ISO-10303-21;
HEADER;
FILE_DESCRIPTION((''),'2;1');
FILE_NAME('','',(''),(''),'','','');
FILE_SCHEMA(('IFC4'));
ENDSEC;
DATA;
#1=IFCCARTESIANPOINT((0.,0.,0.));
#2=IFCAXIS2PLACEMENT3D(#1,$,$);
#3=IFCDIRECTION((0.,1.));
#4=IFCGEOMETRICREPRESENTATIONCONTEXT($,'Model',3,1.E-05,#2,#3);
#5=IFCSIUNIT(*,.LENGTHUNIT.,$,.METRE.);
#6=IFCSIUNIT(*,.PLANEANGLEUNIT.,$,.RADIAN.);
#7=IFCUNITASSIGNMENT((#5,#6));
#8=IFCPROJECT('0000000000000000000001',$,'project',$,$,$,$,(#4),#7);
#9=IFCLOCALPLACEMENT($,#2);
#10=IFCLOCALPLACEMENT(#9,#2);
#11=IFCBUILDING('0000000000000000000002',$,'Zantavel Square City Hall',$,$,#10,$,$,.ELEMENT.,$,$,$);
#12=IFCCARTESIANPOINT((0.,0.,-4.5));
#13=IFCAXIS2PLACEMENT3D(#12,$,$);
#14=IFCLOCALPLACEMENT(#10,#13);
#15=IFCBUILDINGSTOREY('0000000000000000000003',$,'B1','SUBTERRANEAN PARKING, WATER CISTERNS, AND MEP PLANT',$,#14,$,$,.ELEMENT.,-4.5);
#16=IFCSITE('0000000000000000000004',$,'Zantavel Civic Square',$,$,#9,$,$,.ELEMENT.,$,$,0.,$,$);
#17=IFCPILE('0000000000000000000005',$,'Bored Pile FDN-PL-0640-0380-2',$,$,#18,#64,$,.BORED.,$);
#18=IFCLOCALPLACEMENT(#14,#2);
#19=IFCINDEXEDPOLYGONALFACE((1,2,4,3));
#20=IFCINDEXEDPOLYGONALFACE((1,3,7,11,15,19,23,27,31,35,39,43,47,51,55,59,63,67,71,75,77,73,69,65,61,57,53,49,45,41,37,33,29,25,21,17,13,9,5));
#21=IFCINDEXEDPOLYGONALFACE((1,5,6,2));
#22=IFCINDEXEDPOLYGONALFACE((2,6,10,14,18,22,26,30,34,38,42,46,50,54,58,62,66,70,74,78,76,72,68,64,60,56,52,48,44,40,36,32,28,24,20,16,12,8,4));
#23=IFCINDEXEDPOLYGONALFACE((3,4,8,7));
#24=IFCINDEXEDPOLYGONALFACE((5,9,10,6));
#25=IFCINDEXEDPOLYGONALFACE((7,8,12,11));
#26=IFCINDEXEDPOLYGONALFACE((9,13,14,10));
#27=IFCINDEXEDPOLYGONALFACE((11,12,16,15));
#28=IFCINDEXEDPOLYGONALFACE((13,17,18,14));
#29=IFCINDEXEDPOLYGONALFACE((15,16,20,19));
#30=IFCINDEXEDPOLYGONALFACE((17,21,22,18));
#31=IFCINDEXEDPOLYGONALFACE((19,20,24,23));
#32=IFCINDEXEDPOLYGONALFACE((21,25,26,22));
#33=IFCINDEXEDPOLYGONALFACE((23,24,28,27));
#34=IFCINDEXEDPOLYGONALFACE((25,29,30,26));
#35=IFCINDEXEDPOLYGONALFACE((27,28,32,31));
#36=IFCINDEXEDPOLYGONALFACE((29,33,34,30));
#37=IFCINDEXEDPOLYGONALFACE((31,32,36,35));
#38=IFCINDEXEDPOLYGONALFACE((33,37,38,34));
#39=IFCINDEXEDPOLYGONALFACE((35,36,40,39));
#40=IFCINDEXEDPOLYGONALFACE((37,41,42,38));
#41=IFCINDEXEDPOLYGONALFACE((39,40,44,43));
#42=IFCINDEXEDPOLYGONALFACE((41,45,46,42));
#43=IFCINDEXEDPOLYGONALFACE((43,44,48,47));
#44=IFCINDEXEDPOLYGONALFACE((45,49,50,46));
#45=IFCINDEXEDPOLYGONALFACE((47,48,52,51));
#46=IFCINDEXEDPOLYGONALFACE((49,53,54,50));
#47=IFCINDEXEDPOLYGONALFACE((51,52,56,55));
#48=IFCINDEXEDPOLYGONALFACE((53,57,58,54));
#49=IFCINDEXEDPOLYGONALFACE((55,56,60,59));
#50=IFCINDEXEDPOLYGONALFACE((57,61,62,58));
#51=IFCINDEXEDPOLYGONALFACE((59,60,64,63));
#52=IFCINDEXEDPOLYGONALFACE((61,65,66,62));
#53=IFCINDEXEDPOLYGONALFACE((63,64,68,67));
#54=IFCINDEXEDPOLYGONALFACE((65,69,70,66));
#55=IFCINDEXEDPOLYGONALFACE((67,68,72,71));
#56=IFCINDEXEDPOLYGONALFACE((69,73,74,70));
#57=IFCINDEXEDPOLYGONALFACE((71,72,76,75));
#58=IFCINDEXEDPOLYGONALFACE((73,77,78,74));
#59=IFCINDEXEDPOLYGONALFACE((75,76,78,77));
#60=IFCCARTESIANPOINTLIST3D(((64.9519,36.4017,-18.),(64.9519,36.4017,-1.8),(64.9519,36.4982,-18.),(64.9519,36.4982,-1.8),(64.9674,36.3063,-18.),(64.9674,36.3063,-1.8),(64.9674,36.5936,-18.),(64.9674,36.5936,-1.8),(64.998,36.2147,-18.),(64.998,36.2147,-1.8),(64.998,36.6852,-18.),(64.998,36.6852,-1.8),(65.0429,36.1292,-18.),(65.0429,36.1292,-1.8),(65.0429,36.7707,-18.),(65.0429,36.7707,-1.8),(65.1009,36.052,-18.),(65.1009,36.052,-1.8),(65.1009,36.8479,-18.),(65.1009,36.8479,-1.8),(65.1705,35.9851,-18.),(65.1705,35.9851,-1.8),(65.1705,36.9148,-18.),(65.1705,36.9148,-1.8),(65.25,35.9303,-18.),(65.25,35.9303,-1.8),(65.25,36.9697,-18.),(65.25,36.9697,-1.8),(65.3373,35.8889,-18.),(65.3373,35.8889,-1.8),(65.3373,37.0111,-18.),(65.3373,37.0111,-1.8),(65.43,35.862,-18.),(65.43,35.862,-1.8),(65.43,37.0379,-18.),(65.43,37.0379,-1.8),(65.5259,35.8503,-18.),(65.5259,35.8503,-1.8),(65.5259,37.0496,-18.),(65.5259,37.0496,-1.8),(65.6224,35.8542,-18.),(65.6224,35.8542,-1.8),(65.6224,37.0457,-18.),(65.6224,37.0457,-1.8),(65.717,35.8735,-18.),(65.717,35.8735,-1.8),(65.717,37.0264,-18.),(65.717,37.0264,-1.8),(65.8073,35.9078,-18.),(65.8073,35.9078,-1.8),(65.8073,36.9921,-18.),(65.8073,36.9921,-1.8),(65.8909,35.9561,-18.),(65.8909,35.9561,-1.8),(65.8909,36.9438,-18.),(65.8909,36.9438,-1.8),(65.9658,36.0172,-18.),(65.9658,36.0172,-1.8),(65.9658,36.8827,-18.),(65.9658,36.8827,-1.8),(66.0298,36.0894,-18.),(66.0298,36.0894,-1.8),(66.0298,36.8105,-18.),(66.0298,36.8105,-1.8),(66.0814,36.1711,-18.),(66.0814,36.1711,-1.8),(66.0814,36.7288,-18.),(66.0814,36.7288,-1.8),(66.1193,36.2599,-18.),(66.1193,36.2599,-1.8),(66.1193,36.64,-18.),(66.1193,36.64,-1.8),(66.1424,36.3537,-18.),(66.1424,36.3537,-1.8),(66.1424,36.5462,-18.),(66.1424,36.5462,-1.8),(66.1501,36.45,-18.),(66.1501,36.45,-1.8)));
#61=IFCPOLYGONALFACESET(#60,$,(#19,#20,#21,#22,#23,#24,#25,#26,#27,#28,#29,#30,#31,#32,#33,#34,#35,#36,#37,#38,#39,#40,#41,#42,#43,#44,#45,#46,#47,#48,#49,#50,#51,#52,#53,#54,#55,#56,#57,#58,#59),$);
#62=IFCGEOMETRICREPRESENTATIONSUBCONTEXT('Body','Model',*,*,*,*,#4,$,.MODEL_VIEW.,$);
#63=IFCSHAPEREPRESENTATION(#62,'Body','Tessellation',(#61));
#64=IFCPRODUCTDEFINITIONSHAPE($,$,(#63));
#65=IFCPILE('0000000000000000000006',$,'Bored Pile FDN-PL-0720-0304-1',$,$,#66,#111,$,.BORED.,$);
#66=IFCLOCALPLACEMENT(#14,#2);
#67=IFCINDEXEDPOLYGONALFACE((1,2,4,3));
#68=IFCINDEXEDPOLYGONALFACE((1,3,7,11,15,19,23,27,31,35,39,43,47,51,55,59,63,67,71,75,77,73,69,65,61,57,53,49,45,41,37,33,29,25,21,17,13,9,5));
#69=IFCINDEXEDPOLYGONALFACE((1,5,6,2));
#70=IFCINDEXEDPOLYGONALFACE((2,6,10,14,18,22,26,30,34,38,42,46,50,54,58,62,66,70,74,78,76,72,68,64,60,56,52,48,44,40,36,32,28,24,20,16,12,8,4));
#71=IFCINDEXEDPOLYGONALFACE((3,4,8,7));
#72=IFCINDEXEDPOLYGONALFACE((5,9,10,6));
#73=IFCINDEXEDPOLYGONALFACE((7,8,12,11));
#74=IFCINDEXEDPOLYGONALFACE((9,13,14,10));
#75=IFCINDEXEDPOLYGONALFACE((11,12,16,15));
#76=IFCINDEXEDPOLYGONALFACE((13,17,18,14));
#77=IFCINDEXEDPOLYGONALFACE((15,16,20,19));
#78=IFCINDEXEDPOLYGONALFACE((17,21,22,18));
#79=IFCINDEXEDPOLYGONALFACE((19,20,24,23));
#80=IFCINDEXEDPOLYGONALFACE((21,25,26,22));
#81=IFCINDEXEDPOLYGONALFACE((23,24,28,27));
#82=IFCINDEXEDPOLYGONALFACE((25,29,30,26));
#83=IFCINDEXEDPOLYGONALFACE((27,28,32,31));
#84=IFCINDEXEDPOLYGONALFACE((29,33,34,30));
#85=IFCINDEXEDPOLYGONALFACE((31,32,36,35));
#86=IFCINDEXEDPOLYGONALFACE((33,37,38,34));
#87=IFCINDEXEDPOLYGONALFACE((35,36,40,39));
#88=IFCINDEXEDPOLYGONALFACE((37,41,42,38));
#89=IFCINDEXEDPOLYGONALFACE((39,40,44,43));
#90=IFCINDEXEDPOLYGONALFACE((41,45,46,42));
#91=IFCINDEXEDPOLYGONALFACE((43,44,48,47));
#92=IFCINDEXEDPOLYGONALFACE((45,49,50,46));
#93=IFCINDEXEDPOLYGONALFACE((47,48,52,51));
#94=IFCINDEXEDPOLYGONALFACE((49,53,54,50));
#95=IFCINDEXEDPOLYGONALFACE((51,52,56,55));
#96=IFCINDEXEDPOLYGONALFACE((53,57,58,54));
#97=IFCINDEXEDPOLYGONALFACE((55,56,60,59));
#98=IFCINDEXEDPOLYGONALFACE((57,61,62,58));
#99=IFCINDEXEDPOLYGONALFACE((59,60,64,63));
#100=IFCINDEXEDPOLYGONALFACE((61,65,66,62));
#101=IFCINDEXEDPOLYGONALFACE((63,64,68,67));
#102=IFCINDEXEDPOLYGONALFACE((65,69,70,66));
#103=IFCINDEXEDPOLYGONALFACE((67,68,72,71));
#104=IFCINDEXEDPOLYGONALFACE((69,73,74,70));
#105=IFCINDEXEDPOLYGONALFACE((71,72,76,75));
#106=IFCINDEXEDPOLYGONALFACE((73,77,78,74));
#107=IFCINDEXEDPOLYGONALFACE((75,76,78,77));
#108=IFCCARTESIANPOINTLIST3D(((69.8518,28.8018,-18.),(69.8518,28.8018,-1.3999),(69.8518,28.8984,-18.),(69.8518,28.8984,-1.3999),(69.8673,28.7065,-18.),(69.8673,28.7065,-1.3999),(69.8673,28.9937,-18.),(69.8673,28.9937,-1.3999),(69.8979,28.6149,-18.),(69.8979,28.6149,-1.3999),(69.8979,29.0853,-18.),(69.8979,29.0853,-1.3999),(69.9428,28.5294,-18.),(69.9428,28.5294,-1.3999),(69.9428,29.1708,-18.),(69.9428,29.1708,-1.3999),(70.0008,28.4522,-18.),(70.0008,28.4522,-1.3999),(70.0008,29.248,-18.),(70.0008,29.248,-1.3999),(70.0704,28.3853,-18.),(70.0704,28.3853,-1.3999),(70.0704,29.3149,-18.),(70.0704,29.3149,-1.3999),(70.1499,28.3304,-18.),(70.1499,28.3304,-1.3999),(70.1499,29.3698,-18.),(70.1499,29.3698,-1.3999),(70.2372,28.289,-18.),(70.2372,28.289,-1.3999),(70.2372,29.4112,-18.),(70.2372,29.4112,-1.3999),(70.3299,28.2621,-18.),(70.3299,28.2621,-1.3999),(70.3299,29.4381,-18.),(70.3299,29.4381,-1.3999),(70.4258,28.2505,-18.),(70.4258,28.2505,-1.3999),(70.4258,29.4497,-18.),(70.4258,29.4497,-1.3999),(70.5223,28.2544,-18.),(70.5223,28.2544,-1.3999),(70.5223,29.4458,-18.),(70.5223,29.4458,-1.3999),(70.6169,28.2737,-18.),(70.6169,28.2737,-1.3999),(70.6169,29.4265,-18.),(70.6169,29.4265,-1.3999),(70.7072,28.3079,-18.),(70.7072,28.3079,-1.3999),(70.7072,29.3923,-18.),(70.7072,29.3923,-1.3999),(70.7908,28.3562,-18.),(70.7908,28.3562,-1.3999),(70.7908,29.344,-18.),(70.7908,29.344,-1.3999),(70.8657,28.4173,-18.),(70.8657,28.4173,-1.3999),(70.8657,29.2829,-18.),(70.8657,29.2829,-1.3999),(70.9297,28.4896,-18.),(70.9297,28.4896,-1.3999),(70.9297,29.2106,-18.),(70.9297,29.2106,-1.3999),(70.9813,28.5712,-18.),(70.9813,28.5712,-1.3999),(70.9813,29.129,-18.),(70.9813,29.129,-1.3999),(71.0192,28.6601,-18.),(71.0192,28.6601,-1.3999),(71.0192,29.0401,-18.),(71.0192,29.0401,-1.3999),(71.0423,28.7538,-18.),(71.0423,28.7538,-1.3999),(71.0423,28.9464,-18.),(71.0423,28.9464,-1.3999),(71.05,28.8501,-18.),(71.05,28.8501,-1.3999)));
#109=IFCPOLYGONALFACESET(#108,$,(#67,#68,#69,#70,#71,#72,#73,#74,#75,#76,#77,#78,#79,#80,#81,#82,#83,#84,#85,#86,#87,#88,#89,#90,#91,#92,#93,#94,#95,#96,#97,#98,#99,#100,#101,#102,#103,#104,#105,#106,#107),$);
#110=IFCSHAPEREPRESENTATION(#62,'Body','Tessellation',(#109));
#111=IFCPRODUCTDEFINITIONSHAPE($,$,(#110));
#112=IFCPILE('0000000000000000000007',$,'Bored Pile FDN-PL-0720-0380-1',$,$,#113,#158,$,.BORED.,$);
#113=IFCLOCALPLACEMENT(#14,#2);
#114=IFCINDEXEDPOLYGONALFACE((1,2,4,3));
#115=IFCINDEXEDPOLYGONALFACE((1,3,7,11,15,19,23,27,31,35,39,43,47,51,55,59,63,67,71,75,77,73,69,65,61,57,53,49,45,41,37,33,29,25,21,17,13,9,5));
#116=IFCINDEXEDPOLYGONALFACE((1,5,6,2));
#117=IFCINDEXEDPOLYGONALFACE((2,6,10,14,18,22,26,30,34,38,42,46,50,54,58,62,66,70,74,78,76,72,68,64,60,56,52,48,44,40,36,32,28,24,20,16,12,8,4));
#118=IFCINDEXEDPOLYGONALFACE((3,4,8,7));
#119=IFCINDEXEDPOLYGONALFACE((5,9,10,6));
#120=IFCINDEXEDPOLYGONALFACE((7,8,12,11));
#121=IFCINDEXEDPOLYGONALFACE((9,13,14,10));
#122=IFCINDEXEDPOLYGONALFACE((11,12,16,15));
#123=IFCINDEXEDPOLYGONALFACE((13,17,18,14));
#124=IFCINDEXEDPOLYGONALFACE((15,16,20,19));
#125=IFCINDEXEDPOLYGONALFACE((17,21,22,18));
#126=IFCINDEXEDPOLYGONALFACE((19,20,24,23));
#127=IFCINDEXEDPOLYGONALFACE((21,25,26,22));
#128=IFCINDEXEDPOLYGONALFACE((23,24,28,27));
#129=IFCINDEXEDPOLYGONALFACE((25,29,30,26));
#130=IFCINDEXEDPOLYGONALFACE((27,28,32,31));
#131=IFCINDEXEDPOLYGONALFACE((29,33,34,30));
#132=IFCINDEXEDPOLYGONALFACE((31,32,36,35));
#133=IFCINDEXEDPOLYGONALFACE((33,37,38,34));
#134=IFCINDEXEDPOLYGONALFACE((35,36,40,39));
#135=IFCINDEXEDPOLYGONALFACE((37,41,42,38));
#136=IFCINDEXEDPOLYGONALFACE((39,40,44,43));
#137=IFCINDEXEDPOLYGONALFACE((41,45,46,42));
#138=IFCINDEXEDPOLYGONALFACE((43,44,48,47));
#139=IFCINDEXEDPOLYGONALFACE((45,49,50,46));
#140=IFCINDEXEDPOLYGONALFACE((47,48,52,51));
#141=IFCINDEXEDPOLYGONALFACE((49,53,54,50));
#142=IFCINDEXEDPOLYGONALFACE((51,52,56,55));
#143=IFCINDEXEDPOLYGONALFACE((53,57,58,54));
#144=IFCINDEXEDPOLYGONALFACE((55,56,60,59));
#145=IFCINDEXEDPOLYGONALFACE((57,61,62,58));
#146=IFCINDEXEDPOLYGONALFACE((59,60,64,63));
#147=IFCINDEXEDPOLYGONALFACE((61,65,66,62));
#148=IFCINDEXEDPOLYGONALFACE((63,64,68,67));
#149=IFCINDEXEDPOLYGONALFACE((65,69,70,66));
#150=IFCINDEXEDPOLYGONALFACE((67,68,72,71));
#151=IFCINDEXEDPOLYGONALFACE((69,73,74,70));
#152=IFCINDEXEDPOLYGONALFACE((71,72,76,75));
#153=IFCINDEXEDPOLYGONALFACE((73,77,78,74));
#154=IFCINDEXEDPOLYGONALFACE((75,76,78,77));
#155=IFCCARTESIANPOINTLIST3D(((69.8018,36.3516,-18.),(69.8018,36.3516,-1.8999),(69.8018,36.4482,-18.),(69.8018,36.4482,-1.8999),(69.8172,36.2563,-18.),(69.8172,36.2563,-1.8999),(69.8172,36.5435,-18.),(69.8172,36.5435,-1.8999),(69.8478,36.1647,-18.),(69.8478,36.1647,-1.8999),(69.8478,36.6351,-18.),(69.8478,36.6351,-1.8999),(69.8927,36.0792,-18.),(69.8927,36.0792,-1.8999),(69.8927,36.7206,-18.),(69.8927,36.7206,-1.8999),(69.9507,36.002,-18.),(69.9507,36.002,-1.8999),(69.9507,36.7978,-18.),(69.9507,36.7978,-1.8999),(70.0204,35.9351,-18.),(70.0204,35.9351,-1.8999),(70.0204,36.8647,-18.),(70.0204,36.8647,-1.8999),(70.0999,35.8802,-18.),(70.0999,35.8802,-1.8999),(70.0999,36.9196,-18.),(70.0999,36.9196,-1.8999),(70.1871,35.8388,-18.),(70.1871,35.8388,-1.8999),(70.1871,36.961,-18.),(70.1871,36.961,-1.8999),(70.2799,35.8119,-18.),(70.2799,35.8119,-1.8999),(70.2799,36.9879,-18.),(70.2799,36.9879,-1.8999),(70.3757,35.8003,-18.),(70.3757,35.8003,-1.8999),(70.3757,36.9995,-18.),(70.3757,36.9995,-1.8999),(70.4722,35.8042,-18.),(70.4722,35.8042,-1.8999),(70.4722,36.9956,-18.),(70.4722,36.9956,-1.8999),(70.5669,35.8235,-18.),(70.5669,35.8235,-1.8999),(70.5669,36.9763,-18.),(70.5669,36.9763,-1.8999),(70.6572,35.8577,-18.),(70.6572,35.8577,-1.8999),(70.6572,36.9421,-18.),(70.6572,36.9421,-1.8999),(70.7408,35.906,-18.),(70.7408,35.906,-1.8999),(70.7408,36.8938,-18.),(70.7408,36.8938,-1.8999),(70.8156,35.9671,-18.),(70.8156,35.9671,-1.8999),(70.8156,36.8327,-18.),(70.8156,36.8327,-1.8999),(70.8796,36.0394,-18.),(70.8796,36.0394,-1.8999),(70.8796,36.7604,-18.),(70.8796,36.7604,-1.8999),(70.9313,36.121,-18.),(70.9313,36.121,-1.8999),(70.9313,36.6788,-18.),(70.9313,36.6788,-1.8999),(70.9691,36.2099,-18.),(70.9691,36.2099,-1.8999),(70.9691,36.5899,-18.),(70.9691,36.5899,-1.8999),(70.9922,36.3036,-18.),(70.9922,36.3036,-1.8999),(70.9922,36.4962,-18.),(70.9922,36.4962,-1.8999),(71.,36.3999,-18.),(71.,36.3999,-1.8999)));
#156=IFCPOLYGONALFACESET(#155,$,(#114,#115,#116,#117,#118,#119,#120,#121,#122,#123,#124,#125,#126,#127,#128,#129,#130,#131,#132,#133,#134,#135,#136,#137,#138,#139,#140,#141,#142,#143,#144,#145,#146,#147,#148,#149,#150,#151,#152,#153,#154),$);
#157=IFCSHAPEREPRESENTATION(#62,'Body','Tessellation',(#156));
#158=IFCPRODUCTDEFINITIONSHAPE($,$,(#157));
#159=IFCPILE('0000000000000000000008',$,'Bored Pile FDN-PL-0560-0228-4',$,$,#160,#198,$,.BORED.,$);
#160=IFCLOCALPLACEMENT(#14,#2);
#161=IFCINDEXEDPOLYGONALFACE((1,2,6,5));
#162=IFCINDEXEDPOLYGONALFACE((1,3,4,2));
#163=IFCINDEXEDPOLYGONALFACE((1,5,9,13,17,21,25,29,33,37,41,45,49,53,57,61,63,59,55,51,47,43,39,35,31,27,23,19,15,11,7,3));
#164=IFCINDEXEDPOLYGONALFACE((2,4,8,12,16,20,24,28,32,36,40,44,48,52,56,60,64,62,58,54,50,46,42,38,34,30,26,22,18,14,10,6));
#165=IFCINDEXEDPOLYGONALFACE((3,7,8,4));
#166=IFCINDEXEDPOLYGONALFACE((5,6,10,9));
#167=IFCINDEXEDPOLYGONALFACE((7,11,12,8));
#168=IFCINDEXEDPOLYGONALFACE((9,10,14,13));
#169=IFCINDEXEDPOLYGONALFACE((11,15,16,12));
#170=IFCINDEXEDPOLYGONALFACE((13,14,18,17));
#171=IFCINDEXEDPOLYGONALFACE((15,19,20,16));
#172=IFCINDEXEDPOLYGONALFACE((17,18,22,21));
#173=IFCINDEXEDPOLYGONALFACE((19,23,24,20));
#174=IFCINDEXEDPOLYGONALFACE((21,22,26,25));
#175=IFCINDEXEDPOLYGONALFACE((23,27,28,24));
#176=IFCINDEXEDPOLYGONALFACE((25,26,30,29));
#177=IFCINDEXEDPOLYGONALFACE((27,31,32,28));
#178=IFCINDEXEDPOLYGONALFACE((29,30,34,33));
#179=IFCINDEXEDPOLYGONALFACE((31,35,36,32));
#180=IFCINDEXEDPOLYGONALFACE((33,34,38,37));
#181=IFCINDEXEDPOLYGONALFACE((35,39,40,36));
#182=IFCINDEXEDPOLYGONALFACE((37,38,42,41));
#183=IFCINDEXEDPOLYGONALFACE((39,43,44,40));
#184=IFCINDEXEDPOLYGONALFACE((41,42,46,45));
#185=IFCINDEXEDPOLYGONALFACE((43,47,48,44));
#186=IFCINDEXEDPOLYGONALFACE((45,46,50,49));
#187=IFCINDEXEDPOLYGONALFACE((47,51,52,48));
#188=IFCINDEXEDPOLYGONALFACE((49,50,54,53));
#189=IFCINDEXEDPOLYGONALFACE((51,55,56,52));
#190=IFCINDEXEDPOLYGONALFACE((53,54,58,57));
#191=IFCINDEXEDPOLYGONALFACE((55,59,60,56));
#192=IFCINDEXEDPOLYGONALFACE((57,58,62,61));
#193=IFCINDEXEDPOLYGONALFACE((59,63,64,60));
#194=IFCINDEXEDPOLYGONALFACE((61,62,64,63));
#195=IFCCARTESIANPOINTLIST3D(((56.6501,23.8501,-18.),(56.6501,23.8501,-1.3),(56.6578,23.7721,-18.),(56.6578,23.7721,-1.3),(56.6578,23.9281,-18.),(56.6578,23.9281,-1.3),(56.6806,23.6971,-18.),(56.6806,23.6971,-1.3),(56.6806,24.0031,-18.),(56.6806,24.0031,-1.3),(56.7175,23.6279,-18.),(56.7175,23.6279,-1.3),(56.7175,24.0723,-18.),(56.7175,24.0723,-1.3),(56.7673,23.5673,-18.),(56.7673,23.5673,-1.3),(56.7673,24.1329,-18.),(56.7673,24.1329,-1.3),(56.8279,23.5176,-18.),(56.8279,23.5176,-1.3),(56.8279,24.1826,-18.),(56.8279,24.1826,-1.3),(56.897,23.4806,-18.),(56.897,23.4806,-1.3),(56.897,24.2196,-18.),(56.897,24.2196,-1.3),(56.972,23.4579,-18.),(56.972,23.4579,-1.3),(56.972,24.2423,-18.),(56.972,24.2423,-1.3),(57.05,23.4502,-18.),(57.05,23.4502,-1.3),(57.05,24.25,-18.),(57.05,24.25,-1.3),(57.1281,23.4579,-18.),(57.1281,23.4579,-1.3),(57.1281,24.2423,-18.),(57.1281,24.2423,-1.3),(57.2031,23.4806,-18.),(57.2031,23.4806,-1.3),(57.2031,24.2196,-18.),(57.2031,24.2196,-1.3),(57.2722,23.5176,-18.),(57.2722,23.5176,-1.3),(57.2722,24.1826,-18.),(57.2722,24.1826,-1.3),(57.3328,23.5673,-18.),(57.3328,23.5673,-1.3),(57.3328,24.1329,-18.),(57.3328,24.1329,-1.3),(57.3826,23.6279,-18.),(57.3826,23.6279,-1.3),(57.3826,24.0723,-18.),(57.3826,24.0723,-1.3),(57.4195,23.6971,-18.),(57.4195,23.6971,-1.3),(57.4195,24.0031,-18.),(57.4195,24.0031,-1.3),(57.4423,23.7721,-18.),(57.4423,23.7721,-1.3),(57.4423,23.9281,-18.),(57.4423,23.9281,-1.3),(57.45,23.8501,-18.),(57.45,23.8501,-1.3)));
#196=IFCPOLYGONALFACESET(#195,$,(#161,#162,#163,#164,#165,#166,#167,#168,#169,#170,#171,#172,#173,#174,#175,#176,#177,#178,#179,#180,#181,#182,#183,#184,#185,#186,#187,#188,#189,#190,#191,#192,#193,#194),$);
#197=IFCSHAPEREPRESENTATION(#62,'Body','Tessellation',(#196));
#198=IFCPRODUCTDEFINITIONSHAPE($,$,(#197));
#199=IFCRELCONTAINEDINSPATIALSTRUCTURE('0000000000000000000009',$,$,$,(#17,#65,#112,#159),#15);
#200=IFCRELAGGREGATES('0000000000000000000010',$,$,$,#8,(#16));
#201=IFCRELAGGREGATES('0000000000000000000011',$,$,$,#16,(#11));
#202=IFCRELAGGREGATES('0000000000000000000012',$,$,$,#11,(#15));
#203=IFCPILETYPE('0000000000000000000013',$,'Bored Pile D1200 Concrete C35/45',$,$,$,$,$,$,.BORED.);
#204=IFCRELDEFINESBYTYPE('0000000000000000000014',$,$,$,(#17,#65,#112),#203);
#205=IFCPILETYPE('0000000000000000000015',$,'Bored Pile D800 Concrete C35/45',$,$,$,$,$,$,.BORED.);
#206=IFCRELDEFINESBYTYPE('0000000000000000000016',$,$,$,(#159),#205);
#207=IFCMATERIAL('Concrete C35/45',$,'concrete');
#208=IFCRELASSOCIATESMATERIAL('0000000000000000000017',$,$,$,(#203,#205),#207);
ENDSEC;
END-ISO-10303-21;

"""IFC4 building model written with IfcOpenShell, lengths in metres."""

from ifc_helpers import new_model, si_unit, direction, frame, origin, origin_2d, place, context, subcontext, project, spatial, circle, extrude, material, material_profile, profile_set, type_object, element, save


model = new_model("IFC4")

# Units and contexts
model_context = context("Model", 3, precision=1e-05, world=origin(), true_north=direction((0.0, 1.0)))
body_context = subcontext(model_context, "Body", "Model", "MODEL_VIEW")
ifc_project = project(units=[si_unit("LENGTHUNIT", "METRE"), si_unit("PLANEANGLEUNIT", "RADIAN")], contexts=[model_context])

# Site, building, storey
site_placement = place(None, origin())
site = spatial("IfcSite", under=ifc_project, at=site_placement, Name="Zantavel Civic Square", CompositionType="ELEMENT", RefElevation=0.0)
building_placement = place(site_placement, origin())
building = spatial("IfcBuilding", under=site, at=building_placement, Name="Zantavel Square City Hall", CompositionType="ELEMENT")
storey_placement = place(building_placement, frame((0.0, 0.0, -4.5)))
storey = spatial("IfcBuildingStorey", under=building, at=storey_placement, Name="B1", Description="SUBTERRANEAN PARKING, WATER CISTERNS, AND MEP PLANT", CompositionType="ELEMENT", Elevation=-4.5)

# Piles
ifc_material_1 = material(Name="Concrete C35/45", Category="concrete")
ifc_material_profile_1 = material_profile(ifc_material_1, circle(Radius=0.6001, at=origin_2d()), Name="PILE D1200")
ifc_profile_set_1 = profile_set([ifc_material_profile_1], Name="Concrete C35/45")
pile_type_1 = type_object("IfcPileType", Name="Bored Pile D1200 Concrete C35/45", PredefinedType="BORED", material=ifc_profile_set_1)
for number, where, z_axis, x_axis, name in (
    (1, (65.55, 36.45, -1.8), (0.0, 0.0, -1.0), (1.0, 0.0, 0.0), "Bored Pile FDN-PL-0640-0380-2"),
):
    element("IfcPile", number, at=place(storey_placement, frame(where, z_axis=z_axis, x_axis=x_axis)), inside=storey, type_object=pile_type_1, Name=name, PredefinedType="BORED", context=body_context, shape_type="SweptSolid", body=[
        extrude(circle(Radius=0.6001, at=origin_2d()), origin(), (0.0, 0.0, 1.0), 16.2),
    ])
pile_1_placement = place(storey_placement, frame((70.45, 28.8501, -1.3999), z_axis=(0.0, 0.0, -1.0), x_axis=(1.0, 0.0, 0.0)))
element("IfcPile", 2, at=pile_1_placement, inside=storey, type_object=pile_type_1, Name="Bored Pile FDN-PL-0720-0304-1", PredefinedType="BORED", context=body_context, shape_type="SweptSolid", body=[
    extrude(circle(Radius=0.6001, at=origin_2d()), origin(), (0.0, 0.0, 1.0), 16.6001),
])
pile_2_placement = place(storey_placement, frame((70.3999, 36.3999, -1.8999), z_axis=(0.0, 0.0, -1.0), x_axis=(1.0, 0.0, 0.0)))
element("IfcPile", 3, at=pile_2_placement, inside=storey, type_object=pile_type_1, Name="Bored Pile FDN-PL-0720-0380-1", PredefinedType="BORED", context=body_context, shape_type="SweptSolid", body=[
    extrude(circle(Radius=0.6001, at=origin_2d()), origin(), (0.0, 0.0, 1.0), 16.1001),
])
ifc_material_profile_2 = material_profile(ifc_material_1, circle(Radius=0.3999, at=origin_2d()), Name="PILE D800")
ifc_profile_set_2 = profile_set([ifc_material_profile_2], Name="Concrete C35/45")
pile_type_2 = type_object("IfcPileType", Name="Bored Pile D800 Concrete C35/45", PredefinedType="BORED", material=ifc_profile_set_2)
pile_3_placement = place(storey_placement, frame((57.05, 23.8501, -1.3), z_axis=(0.0, 0.0, -1.0), x_axis=(1.0, 0.0, 0.0)))
element("IfcPile", 4, at=pile_3_placement, inside=storey, type_object=pile_type_2, Name="Bored Pile FDN-PL-0560-0228-4", PredefinedType="BORED", context=body_context, shape_type="SweptSolid", body=[
    extrude(circle(Radius=0.3999, at=origin_2d()), origin(), (0.0, 0.0, 1.0), 16.7),
])

save(model, "model.ifc")
